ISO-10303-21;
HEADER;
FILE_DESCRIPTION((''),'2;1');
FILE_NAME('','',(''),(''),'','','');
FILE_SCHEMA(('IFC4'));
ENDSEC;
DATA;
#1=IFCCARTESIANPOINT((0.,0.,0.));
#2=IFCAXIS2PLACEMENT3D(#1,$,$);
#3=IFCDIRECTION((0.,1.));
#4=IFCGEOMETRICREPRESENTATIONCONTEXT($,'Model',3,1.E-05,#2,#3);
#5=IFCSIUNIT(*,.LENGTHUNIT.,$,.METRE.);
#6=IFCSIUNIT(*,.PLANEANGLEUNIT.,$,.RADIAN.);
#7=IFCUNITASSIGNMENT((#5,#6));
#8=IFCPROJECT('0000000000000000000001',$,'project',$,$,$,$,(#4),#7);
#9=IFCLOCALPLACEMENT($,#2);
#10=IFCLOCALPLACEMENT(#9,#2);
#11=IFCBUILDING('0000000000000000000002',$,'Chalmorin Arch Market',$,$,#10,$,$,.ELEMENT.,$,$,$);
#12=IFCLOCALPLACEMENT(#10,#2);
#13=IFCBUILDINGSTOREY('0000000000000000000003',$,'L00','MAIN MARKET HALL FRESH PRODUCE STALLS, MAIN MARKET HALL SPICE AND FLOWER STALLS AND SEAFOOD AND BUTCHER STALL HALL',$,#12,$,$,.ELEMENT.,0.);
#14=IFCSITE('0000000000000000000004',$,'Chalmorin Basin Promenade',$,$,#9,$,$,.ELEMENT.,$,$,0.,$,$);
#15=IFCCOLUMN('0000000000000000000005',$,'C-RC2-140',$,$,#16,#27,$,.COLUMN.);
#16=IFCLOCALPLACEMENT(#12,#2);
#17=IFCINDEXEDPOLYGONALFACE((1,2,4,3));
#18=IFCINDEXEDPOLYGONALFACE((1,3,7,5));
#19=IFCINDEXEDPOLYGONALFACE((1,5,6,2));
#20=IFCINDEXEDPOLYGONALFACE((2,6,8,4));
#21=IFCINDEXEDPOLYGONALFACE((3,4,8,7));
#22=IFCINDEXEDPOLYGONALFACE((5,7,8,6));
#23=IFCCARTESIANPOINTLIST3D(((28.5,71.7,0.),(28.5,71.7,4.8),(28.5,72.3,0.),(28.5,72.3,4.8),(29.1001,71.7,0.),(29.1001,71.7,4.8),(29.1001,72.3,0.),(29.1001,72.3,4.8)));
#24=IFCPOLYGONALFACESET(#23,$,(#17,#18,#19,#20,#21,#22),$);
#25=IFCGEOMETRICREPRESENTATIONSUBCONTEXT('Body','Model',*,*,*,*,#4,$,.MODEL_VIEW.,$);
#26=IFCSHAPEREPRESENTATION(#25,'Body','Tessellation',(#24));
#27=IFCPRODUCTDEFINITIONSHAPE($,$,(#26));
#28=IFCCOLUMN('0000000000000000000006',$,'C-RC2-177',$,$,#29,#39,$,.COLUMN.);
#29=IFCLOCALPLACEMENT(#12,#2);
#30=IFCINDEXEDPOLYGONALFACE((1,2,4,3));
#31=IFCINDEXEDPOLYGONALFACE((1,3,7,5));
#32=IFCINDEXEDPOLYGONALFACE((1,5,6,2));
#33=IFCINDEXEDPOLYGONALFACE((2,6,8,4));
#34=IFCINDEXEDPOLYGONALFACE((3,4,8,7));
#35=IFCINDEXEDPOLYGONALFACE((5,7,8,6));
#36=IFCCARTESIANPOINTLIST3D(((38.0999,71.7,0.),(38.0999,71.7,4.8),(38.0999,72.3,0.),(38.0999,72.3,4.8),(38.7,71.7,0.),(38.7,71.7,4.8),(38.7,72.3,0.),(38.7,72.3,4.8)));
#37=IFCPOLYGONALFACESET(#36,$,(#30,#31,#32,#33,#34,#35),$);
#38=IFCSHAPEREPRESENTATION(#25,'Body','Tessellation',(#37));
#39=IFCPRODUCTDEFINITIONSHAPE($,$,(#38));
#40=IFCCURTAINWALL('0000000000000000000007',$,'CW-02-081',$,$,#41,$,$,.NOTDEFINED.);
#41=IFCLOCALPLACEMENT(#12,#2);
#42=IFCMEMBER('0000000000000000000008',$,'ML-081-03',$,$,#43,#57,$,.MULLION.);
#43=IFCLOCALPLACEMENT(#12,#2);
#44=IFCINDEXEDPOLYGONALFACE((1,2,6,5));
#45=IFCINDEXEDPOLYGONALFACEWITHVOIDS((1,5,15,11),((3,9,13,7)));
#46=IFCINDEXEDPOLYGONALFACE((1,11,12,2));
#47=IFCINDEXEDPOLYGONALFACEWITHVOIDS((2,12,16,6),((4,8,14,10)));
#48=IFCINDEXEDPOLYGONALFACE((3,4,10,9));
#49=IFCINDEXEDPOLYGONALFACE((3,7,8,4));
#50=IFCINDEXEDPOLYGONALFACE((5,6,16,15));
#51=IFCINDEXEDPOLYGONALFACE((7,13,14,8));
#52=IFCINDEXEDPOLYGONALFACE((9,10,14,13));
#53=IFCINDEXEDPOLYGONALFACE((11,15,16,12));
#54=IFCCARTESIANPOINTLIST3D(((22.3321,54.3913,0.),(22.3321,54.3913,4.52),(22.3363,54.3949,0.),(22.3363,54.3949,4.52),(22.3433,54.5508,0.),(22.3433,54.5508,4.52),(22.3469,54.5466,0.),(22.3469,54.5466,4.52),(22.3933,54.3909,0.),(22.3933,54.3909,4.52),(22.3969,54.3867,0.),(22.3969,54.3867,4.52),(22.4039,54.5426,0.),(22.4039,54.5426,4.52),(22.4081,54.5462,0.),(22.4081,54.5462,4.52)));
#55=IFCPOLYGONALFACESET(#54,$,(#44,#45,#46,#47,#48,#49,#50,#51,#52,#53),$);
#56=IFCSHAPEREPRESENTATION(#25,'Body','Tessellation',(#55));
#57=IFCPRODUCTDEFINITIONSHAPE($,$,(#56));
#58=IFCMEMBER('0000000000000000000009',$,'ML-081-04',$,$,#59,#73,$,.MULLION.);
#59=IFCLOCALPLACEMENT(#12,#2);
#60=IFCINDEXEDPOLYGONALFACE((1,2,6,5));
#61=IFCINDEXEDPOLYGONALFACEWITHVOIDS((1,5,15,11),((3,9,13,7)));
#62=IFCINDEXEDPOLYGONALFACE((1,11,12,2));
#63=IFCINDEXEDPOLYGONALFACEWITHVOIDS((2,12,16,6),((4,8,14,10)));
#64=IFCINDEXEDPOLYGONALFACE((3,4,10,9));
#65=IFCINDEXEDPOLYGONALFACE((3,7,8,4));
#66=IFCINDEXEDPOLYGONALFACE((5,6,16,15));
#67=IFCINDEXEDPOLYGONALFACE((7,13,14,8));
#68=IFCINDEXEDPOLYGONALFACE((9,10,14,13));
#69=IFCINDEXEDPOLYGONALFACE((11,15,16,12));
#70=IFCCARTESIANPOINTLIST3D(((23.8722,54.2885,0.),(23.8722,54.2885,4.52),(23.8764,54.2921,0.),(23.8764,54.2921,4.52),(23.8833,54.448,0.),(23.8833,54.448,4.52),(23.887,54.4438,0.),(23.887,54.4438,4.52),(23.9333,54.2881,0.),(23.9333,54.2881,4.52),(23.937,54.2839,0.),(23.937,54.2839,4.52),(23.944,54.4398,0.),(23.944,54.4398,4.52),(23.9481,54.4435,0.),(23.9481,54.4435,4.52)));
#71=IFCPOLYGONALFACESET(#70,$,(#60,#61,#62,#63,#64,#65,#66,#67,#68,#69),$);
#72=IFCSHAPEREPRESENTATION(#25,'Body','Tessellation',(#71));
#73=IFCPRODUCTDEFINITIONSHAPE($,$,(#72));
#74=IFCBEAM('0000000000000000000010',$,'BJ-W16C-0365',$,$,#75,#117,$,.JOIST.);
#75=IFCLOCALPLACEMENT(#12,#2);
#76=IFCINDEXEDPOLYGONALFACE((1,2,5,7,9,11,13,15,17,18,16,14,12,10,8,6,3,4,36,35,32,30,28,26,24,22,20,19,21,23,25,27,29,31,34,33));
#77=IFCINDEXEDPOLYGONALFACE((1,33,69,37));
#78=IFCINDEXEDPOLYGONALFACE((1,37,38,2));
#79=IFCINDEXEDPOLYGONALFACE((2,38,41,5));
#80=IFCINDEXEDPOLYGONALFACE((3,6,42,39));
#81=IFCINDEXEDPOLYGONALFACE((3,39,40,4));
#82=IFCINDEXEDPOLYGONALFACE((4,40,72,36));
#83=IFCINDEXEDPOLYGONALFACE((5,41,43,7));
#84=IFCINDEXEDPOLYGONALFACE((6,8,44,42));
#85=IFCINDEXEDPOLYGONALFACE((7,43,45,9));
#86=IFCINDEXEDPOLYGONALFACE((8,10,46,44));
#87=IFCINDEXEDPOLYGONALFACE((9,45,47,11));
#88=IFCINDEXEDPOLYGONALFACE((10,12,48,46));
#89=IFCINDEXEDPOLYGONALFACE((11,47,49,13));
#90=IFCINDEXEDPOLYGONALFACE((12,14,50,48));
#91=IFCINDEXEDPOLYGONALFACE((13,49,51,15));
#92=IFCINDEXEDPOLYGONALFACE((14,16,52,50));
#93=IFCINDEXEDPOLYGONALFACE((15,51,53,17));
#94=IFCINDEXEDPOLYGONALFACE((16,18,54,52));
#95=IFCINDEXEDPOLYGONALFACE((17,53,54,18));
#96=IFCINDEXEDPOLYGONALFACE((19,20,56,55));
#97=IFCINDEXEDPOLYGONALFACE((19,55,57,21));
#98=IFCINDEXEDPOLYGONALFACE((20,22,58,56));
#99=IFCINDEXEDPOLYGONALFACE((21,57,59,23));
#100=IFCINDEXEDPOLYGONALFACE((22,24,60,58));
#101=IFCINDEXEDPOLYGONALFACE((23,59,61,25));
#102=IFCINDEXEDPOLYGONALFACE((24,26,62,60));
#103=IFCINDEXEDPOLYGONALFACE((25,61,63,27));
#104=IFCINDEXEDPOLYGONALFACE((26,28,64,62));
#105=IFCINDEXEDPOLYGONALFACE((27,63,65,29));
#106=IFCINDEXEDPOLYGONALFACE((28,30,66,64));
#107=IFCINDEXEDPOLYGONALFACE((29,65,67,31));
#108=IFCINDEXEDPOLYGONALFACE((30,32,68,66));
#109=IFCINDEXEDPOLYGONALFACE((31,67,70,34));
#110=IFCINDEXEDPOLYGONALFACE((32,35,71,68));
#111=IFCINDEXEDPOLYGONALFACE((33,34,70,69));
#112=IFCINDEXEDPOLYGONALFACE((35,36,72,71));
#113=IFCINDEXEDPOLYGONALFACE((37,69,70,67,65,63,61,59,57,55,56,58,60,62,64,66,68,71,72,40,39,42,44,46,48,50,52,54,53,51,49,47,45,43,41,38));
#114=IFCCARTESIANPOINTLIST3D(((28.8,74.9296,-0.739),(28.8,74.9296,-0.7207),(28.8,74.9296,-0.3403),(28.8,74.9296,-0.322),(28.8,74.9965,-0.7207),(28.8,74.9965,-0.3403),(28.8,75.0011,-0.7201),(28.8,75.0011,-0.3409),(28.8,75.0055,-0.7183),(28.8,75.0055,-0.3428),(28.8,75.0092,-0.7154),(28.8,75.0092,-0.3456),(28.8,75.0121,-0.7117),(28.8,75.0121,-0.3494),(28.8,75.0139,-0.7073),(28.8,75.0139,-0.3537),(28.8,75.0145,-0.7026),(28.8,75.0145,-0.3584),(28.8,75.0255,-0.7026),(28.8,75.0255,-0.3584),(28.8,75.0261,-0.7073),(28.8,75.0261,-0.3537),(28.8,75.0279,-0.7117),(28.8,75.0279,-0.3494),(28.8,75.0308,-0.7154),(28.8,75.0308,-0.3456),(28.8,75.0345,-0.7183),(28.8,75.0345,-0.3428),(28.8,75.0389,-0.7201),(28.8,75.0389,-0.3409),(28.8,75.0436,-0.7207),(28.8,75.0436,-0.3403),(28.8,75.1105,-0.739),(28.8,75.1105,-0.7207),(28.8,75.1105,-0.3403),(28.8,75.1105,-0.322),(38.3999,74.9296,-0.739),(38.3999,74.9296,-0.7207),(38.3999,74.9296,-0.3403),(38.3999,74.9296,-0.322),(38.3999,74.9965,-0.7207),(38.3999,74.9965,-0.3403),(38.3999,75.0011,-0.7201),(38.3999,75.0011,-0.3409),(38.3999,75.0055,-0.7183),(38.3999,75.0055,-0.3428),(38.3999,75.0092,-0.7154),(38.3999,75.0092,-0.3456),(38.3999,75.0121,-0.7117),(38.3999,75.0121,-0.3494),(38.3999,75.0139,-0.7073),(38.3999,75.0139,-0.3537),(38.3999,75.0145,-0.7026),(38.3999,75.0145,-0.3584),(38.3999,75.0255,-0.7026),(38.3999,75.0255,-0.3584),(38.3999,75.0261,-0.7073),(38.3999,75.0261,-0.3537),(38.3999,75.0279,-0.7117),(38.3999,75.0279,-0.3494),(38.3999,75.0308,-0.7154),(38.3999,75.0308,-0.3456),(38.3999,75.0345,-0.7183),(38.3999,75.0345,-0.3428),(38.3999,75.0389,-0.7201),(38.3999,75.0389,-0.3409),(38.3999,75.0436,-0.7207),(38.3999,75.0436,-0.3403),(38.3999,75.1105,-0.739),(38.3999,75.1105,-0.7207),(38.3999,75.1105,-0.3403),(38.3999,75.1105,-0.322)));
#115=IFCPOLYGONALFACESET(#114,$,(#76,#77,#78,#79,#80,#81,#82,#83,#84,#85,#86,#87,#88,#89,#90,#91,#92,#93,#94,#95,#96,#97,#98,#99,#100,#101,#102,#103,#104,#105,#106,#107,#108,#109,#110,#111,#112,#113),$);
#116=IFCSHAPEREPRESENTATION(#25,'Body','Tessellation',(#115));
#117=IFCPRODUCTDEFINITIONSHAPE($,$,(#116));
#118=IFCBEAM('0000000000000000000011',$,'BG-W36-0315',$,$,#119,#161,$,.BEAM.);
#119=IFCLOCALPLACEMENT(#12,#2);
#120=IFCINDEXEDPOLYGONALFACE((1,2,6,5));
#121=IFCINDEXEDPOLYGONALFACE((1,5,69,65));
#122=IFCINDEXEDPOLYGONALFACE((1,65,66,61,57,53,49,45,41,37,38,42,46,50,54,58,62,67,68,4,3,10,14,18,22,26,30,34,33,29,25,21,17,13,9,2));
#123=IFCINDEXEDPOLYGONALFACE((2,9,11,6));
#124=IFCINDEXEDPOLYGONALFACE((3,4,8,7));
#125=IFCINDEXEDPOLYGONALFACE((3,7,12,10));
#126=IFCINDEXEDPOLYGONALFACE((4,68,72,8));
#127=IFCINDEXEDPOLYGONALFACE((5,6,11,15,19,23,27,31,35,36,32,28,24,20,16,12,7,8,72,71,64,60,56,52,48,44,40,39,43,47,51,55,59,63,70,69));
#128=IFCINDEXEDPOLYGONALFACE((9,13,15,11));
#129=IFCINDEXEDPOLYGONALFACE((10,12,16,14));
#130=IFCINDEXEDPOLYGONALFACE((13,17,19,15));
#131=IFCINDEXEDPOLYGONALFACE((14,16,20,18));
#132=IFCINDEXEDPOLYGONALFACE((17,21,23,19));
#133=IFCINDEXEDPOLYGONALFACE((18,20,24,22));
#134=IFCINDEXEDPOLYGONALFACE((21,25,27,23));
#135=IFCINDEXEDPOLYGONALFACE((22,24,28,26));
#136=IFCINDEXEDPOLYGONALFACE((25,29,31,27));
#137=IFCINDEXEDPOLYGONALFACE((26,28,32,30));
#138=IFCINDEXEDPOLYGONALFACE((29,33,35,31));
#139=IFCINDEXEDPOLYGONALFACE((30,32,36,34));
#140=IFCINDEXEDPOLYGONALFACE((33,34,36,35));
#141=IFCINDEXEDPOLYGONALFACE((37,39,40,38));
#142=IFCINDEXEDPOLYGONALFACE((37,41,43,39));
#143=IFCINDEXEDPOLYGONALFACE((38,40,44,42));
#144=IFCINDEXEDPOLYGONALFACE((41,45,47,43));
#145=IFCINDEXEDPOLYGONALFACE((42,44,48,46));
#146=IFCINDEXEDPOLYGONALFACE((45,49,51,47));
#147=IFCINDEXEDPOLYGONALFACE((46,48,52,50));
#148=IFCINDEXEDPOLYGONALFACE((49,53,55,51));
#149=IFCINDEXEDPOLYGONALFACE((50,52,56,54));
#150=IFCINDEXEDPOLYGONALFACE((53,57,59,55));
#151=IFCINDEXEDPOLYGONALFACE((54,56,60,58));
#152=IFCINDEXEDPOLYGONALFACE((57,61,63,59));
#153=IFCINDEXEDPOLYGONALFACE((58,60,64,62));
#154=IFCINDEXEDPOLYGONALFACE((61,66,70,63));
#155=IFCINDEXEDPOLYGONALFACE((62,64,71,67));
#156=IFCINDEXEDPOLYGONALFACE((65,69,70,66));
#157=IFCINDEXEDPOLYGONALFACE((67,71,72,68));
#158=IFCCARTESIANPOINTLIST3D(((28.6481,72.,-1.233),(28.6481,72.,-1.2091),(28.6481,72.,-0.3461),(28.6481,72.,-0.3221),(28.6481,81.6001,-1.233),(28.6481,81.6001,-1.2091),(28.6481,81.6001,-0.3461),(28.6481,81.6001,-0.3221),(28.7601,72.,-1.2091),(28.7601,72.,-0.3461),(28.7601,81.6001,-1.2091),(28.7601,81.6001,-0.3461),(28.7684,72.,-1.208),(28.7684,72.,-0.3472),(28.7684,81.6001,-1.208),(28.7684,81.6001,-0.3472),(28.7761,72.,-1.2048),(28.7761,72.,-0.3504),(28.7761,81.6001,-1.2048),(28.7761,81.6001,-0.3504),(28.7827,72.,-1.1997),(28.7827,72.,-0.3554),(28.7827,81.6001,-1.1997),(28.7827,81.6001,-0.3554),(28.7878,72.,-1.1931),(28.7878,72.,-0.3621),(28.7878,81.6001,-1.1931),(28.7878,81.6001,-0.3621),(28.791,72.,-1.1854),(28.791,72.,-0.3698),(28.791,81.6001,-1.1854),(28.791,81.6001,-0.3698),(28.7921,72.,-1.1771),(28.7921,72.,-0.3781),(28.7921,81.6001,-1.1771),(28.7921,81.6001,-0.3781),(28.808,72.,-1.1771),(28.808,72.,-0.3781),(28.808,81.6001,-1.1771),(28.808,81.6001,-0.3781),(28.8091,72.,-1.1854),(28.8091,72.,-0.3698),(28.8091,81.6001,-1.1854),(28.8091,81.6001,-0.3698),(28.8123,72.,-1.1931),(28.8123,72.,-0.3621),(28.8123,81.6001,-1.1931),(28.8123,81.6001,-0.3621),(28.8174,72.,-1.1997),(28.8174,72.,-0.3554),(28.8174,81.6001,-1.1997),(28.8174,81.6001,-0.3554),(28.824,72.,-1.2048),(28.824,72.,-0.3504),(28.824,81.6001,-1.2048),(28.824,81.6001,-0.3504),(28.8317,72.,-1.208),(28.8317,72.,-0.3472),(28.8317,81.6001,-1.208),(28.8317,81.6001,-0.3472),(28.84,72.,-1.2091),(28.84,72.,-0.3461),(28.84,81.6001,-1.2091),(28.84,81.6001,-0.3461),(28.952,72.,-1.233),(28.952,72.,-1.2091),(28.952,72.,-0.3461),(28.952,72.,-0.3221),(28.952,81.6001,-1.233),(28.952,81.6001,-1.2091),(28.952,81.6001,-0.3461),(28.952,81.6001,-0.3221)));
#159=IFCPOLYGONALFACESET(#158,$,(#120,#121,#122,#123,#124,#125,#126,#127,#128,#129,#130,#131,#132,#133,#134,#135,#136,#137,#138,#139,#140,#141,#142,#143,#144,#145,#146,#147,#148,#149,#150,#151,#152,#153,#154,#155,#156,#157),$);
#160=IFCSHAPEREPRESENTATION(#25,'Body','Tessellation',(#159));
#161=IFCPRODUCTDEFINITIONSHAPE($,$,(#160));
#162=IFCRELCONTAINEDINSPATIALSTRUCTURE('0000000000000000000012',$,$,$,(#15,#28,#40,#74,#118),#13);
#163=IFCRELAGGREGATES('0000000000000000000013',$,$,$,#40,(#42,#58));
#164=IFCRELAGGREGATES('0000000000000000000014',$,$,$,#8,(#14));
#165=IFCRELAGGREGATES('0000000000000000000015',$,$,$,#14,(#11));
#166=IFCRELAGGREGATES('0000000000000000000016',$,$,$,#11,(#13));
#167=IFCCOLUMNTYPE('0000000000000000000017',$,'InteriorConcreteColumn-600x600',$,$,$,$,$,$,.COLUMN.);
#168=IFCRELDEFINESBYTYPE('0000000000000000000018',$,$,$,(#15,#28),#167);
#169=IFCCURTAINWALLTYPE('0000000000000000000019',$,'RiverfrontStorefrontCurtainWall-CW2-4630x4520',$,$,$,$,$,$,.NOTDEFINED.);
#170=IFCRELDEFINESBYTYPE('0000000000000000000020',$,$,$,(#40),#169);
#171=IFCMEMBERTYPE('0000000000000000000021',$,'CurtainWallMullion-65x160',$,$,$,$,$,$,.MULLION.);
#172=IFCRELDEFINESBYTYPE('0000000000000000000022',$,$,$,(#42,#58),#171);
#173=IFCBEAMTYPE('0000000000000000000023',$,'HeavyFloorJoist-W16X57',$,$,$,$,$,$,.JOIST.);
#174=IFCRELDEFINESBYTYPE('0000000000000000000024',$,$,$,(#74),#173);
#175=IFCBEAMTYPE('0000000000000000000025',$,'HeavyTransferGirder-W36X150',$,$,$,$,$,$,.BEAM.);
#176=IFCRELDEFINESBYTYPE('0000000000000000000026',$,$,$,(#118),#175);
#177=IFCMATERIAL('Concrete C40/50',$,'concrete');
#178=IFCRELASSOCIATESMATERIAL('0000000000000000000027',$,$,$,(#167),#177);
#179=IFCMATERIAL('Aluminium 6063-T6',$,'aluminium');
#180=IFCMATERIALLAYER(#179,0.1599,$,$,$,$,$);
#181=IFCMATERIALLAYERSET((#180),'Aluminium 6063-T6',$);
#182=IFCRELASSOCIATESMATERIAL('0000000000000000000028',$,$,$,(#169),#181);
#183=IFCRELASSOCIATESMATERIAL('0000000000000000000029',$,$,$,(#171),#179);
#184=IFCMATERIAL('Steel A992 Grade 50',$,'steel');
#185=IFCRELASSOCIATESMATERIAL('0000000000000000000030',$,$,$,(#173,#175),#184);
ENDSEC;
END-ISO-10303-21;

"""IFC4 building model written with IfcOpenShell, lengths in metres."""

from ifc_helpers import new_model, si_unit, direction, frame, origin, origin_2d, place, context, subcontext, project, spatial, rectangle, hollow_rectangle, i_section, extrude, material, layer, layer_set, material_profile, profile_set, type_object, element, aggregate, save


model = new_model("IFC4")

# Units and contexts
model_context = context("Model", 3, precision=1e-05, world=origin(), true_north=direction((0.0, 1.0)))
body_context = subcontext(model_context, "Body", "Model", "MODEL_VIEW")
ifc_project = project(units=[si_unit("LENGTHUNIT", "METRE"), si_unit("PLANEANGLEUNIT", "RADIAN")], contexts=[model_context])

# Site, building, storey
site_placement = place(None, origin())
site = spatial("IfcSite", under=ifc_project, at=site_placement, Name="Chalmorin Basin Promenade", CompositionType="ELEMENT", RefElevation=0.0)
building_placement = place(site_placement, origin())
building = spatial("IfcBuilding", under=site, at=building_placement, Name="Chalmorin Arch Market", CompositionType="ELEMENT")
storey_placement = place(building_placement, origin())
storey = spatial("IfcBuildingStorey", under=building, at=storey_placement, Name="L00", Description="MAIN MARKET HALL FRESH PRODUCE STALLS, MAIN MARKET HALL SPICE AND FLOWER STALLS AND SEAFOOD AND BUTCHER STALL HALL", CompositionType="ELEMENT", Elevation=0.0)

# Columns
ifc_material_1 = material(Name="Concrete C40/50", Category="concrete")
ifc_material_profile_1 = material_profile(ifc_material_1, rectangle(XDim=0.6001, YDim=0.6001, at=origin_2d()), Name="RC600X600")
ifc_profile_set_1 = profile_set([ifc_material_profile_1], Name="Concrete C40/50")
column_type = type_object("IfcColumnType", Name="InteriorConcreteColumn-600x600", PredefinedType="COLUMN", material=ifc_profile_set_1)
for number, where, z_axis, x_axis, name in (
    (1, (28.8, 72.0, 0.0), (0.0, 0.0, 1.0), (1.0, 0.0, 0.0), "C-RC2-140"),
    (2, (38.3999, 72.0, 0.0), (0.0, 0.0, 1.0), (1.0, 0.0, 0.0), "C-RC2-177"),
):
    element("IfcColumn", number, at=place(storey_placement, frame(where, z_axis=z_axis, x_axis=x_axis)), inside=storey, type_object=column_type, Name=name, PredefinedType="COLUMN", context=body_context, shape_type="SweptSolid", body=[
        extrude(rectangle(XDim=0.6001, YDim=0.6001, at=origin_2d()), origin(), (0.0, 0.0, 1.0), 4.8),
    ])

# Curtain wall, members
ifc_material_2 = material(Name="Aluminium 6063-T6", Category="aluminium")
ifc_layer_1 = layer(ifc_material_2, 0.1599)
ifc_layer_set_1 = layer_set([ifc_layer_1], Name="Aluminium 6063-T6")
curtain_wall_type = type_object("IfcCurtainWallType", Name="RiverfrontStorefrontCurtainWall-CW2-4630x4520", PredefinedType="NOTDEFINED", material=ifc_layer_set_1)
curtain_wall_placement = place(storey_placement, origin())
curtain_wall = element("IfcCurtainWall", 3, at=curtain_wall_placement, inside=storey, type_object=curtain_wall_type, Name="CW-02-081", PredefinedType="NOTDEFINED")
ifc_material_profile_2 = material_profile(ifc_material_2, hollow_rectangle(XDim=0.0649, YDim=0.1599, WallThickness=0.0039, at=origin_2d()), Name="ALU65X160X4")
ifc_profile_set_2 = profile_set([ifc_material_profile_2], Name="Aluminium 6063-T6")
member_type = type_object("IfcMemberType", Name="CurtainWallMullion-65x160", PredefinedType="MULLION", material=ifc_profile_set_2)
member_1_placement = place(storey_placement, frame((22.3701, 54.4688, 0.0), z_axis=(0.0, 0.0, 1.0), x_axis=(0.997564, -0.069756, 0.0)))
member_1 = element("IfcMember", 4, at=member_1_placement, type_object=member_type, Name="ML-081-03", PredefinedType="MULLION", context=body_context, shape_type="SweptSolid", body=[
    extrude(hollow_rectangle(XDim=0.0649, YDim=0.1599, WallThickness=0.0039, at=origin_2d()), origin(), (0.0, 0.0, 1.0), 4.52),
])
member_2_placement = place(storey_placement, frame((23.9102, 54.366, 0.0), z_axis=(0.0, 0.0, 1.0), x_axis=(0.997564, -0.069756, 0.0)))
member_2 = element("IfcMember", 5, at=member_2_placement, type_object=member_type, Name="ML-081-04", PredefinedType="MULLION", context=body_context, shape_type="SweptSolid", body=[
    extrude(hollow_rectangle(XDim=0.0649, YDim=0.1599, WallThickness=0.0039, at=origin_2d()), origin(), (0.0, 0.0, 1.0), 4.52),
])

# Beams
ifc_material_3 = material(Name="Steel A992 Grade 50", Category="steel")
ifc_material_profile_3 = material_profile(ifc_material_3, i_section(OverallWidth=0.1809, OverallDepth=0.417, WebThickness=0.011, FlangeThickness=0.0183, FilletRadius=0.0181, at=origin_2d()), Name="W16X57")
ifc_profile_set_3 = profile_set([ifc_material_profile_3], Name="Steel A992 Grade 50")
beam_type_1 = type_object("IfcBeamType", Name="HeavyFloorJoist-W16X57", PredefinedType="JOIST", material=ifc_profile_set_3)
beam_1_placement = place(storey_placement, frame((28.8, 75.02, -0.5305), z_axis=(1.0, 0.0, 0.0), x_axis=(0.0, 1.0, 0.0)))
element("IfcBeam", 6, at=beam_1_placement, inside=storey, type_object=beam_type_1, Name="BJ-W16C-0365", PredefinedType="JOIST", context=body_context, shape_type="SweptSolid", body=[
    extrude(i_section(OverallWidth=0.1809, OverallDepth=0.417, WebThickness=0.011, FlangeThickness=0.0183, FilletRadius=0.0181, at=origin_2d()), origin(), (0.0, 0.0, 1.0), 9.5999),
])
ifc_material_profile_4 = material_profile(ifc_material_3, i_section(OverallWidth=0.304, OverallDepth=0.9109, WebThickness=0.0159, FlangeThickness=0.0239, FilletRadius=0.032, at=origin_2d()), Name="W36X150")
ifc_profile_set_4 = profile_set([ifc_material_profile_4], Name="Steel A992 Grade 50")
beam_type_2 = type_object("IfcBeamType", Name="HeavyTransferGirder-W36X150", PredefinedType="BEAM", material=ifc_profile_set_4)
beam_2_placement = place(storey_placement, frame((28.8, 72.0, -0.7776), z_axis=(0.0, 1.0, 0.0), x_axis=(-1.0, 0.0, 0.0)))
element("IfcBeam", 7, at=beam_2_placement, inside=storey, type_object=beam_type_2, Name="BG-W36-0315", PredefinedType="BEAM", context=body_context, shape_type="SweptSolid", body=[
    extrude(i_section(OverallWidth=0.304, OverallDepth=0.9109, WebThickness=0.0159, FlangeThickness=0.0239, FilletRadius=0.032, at=origin_2d()), origin(), (0.0, 0.0, 1.0), 9.6001),
])

aggregate(curtain_wall, [member_1, member_2])

save(model, "model.ifc")
